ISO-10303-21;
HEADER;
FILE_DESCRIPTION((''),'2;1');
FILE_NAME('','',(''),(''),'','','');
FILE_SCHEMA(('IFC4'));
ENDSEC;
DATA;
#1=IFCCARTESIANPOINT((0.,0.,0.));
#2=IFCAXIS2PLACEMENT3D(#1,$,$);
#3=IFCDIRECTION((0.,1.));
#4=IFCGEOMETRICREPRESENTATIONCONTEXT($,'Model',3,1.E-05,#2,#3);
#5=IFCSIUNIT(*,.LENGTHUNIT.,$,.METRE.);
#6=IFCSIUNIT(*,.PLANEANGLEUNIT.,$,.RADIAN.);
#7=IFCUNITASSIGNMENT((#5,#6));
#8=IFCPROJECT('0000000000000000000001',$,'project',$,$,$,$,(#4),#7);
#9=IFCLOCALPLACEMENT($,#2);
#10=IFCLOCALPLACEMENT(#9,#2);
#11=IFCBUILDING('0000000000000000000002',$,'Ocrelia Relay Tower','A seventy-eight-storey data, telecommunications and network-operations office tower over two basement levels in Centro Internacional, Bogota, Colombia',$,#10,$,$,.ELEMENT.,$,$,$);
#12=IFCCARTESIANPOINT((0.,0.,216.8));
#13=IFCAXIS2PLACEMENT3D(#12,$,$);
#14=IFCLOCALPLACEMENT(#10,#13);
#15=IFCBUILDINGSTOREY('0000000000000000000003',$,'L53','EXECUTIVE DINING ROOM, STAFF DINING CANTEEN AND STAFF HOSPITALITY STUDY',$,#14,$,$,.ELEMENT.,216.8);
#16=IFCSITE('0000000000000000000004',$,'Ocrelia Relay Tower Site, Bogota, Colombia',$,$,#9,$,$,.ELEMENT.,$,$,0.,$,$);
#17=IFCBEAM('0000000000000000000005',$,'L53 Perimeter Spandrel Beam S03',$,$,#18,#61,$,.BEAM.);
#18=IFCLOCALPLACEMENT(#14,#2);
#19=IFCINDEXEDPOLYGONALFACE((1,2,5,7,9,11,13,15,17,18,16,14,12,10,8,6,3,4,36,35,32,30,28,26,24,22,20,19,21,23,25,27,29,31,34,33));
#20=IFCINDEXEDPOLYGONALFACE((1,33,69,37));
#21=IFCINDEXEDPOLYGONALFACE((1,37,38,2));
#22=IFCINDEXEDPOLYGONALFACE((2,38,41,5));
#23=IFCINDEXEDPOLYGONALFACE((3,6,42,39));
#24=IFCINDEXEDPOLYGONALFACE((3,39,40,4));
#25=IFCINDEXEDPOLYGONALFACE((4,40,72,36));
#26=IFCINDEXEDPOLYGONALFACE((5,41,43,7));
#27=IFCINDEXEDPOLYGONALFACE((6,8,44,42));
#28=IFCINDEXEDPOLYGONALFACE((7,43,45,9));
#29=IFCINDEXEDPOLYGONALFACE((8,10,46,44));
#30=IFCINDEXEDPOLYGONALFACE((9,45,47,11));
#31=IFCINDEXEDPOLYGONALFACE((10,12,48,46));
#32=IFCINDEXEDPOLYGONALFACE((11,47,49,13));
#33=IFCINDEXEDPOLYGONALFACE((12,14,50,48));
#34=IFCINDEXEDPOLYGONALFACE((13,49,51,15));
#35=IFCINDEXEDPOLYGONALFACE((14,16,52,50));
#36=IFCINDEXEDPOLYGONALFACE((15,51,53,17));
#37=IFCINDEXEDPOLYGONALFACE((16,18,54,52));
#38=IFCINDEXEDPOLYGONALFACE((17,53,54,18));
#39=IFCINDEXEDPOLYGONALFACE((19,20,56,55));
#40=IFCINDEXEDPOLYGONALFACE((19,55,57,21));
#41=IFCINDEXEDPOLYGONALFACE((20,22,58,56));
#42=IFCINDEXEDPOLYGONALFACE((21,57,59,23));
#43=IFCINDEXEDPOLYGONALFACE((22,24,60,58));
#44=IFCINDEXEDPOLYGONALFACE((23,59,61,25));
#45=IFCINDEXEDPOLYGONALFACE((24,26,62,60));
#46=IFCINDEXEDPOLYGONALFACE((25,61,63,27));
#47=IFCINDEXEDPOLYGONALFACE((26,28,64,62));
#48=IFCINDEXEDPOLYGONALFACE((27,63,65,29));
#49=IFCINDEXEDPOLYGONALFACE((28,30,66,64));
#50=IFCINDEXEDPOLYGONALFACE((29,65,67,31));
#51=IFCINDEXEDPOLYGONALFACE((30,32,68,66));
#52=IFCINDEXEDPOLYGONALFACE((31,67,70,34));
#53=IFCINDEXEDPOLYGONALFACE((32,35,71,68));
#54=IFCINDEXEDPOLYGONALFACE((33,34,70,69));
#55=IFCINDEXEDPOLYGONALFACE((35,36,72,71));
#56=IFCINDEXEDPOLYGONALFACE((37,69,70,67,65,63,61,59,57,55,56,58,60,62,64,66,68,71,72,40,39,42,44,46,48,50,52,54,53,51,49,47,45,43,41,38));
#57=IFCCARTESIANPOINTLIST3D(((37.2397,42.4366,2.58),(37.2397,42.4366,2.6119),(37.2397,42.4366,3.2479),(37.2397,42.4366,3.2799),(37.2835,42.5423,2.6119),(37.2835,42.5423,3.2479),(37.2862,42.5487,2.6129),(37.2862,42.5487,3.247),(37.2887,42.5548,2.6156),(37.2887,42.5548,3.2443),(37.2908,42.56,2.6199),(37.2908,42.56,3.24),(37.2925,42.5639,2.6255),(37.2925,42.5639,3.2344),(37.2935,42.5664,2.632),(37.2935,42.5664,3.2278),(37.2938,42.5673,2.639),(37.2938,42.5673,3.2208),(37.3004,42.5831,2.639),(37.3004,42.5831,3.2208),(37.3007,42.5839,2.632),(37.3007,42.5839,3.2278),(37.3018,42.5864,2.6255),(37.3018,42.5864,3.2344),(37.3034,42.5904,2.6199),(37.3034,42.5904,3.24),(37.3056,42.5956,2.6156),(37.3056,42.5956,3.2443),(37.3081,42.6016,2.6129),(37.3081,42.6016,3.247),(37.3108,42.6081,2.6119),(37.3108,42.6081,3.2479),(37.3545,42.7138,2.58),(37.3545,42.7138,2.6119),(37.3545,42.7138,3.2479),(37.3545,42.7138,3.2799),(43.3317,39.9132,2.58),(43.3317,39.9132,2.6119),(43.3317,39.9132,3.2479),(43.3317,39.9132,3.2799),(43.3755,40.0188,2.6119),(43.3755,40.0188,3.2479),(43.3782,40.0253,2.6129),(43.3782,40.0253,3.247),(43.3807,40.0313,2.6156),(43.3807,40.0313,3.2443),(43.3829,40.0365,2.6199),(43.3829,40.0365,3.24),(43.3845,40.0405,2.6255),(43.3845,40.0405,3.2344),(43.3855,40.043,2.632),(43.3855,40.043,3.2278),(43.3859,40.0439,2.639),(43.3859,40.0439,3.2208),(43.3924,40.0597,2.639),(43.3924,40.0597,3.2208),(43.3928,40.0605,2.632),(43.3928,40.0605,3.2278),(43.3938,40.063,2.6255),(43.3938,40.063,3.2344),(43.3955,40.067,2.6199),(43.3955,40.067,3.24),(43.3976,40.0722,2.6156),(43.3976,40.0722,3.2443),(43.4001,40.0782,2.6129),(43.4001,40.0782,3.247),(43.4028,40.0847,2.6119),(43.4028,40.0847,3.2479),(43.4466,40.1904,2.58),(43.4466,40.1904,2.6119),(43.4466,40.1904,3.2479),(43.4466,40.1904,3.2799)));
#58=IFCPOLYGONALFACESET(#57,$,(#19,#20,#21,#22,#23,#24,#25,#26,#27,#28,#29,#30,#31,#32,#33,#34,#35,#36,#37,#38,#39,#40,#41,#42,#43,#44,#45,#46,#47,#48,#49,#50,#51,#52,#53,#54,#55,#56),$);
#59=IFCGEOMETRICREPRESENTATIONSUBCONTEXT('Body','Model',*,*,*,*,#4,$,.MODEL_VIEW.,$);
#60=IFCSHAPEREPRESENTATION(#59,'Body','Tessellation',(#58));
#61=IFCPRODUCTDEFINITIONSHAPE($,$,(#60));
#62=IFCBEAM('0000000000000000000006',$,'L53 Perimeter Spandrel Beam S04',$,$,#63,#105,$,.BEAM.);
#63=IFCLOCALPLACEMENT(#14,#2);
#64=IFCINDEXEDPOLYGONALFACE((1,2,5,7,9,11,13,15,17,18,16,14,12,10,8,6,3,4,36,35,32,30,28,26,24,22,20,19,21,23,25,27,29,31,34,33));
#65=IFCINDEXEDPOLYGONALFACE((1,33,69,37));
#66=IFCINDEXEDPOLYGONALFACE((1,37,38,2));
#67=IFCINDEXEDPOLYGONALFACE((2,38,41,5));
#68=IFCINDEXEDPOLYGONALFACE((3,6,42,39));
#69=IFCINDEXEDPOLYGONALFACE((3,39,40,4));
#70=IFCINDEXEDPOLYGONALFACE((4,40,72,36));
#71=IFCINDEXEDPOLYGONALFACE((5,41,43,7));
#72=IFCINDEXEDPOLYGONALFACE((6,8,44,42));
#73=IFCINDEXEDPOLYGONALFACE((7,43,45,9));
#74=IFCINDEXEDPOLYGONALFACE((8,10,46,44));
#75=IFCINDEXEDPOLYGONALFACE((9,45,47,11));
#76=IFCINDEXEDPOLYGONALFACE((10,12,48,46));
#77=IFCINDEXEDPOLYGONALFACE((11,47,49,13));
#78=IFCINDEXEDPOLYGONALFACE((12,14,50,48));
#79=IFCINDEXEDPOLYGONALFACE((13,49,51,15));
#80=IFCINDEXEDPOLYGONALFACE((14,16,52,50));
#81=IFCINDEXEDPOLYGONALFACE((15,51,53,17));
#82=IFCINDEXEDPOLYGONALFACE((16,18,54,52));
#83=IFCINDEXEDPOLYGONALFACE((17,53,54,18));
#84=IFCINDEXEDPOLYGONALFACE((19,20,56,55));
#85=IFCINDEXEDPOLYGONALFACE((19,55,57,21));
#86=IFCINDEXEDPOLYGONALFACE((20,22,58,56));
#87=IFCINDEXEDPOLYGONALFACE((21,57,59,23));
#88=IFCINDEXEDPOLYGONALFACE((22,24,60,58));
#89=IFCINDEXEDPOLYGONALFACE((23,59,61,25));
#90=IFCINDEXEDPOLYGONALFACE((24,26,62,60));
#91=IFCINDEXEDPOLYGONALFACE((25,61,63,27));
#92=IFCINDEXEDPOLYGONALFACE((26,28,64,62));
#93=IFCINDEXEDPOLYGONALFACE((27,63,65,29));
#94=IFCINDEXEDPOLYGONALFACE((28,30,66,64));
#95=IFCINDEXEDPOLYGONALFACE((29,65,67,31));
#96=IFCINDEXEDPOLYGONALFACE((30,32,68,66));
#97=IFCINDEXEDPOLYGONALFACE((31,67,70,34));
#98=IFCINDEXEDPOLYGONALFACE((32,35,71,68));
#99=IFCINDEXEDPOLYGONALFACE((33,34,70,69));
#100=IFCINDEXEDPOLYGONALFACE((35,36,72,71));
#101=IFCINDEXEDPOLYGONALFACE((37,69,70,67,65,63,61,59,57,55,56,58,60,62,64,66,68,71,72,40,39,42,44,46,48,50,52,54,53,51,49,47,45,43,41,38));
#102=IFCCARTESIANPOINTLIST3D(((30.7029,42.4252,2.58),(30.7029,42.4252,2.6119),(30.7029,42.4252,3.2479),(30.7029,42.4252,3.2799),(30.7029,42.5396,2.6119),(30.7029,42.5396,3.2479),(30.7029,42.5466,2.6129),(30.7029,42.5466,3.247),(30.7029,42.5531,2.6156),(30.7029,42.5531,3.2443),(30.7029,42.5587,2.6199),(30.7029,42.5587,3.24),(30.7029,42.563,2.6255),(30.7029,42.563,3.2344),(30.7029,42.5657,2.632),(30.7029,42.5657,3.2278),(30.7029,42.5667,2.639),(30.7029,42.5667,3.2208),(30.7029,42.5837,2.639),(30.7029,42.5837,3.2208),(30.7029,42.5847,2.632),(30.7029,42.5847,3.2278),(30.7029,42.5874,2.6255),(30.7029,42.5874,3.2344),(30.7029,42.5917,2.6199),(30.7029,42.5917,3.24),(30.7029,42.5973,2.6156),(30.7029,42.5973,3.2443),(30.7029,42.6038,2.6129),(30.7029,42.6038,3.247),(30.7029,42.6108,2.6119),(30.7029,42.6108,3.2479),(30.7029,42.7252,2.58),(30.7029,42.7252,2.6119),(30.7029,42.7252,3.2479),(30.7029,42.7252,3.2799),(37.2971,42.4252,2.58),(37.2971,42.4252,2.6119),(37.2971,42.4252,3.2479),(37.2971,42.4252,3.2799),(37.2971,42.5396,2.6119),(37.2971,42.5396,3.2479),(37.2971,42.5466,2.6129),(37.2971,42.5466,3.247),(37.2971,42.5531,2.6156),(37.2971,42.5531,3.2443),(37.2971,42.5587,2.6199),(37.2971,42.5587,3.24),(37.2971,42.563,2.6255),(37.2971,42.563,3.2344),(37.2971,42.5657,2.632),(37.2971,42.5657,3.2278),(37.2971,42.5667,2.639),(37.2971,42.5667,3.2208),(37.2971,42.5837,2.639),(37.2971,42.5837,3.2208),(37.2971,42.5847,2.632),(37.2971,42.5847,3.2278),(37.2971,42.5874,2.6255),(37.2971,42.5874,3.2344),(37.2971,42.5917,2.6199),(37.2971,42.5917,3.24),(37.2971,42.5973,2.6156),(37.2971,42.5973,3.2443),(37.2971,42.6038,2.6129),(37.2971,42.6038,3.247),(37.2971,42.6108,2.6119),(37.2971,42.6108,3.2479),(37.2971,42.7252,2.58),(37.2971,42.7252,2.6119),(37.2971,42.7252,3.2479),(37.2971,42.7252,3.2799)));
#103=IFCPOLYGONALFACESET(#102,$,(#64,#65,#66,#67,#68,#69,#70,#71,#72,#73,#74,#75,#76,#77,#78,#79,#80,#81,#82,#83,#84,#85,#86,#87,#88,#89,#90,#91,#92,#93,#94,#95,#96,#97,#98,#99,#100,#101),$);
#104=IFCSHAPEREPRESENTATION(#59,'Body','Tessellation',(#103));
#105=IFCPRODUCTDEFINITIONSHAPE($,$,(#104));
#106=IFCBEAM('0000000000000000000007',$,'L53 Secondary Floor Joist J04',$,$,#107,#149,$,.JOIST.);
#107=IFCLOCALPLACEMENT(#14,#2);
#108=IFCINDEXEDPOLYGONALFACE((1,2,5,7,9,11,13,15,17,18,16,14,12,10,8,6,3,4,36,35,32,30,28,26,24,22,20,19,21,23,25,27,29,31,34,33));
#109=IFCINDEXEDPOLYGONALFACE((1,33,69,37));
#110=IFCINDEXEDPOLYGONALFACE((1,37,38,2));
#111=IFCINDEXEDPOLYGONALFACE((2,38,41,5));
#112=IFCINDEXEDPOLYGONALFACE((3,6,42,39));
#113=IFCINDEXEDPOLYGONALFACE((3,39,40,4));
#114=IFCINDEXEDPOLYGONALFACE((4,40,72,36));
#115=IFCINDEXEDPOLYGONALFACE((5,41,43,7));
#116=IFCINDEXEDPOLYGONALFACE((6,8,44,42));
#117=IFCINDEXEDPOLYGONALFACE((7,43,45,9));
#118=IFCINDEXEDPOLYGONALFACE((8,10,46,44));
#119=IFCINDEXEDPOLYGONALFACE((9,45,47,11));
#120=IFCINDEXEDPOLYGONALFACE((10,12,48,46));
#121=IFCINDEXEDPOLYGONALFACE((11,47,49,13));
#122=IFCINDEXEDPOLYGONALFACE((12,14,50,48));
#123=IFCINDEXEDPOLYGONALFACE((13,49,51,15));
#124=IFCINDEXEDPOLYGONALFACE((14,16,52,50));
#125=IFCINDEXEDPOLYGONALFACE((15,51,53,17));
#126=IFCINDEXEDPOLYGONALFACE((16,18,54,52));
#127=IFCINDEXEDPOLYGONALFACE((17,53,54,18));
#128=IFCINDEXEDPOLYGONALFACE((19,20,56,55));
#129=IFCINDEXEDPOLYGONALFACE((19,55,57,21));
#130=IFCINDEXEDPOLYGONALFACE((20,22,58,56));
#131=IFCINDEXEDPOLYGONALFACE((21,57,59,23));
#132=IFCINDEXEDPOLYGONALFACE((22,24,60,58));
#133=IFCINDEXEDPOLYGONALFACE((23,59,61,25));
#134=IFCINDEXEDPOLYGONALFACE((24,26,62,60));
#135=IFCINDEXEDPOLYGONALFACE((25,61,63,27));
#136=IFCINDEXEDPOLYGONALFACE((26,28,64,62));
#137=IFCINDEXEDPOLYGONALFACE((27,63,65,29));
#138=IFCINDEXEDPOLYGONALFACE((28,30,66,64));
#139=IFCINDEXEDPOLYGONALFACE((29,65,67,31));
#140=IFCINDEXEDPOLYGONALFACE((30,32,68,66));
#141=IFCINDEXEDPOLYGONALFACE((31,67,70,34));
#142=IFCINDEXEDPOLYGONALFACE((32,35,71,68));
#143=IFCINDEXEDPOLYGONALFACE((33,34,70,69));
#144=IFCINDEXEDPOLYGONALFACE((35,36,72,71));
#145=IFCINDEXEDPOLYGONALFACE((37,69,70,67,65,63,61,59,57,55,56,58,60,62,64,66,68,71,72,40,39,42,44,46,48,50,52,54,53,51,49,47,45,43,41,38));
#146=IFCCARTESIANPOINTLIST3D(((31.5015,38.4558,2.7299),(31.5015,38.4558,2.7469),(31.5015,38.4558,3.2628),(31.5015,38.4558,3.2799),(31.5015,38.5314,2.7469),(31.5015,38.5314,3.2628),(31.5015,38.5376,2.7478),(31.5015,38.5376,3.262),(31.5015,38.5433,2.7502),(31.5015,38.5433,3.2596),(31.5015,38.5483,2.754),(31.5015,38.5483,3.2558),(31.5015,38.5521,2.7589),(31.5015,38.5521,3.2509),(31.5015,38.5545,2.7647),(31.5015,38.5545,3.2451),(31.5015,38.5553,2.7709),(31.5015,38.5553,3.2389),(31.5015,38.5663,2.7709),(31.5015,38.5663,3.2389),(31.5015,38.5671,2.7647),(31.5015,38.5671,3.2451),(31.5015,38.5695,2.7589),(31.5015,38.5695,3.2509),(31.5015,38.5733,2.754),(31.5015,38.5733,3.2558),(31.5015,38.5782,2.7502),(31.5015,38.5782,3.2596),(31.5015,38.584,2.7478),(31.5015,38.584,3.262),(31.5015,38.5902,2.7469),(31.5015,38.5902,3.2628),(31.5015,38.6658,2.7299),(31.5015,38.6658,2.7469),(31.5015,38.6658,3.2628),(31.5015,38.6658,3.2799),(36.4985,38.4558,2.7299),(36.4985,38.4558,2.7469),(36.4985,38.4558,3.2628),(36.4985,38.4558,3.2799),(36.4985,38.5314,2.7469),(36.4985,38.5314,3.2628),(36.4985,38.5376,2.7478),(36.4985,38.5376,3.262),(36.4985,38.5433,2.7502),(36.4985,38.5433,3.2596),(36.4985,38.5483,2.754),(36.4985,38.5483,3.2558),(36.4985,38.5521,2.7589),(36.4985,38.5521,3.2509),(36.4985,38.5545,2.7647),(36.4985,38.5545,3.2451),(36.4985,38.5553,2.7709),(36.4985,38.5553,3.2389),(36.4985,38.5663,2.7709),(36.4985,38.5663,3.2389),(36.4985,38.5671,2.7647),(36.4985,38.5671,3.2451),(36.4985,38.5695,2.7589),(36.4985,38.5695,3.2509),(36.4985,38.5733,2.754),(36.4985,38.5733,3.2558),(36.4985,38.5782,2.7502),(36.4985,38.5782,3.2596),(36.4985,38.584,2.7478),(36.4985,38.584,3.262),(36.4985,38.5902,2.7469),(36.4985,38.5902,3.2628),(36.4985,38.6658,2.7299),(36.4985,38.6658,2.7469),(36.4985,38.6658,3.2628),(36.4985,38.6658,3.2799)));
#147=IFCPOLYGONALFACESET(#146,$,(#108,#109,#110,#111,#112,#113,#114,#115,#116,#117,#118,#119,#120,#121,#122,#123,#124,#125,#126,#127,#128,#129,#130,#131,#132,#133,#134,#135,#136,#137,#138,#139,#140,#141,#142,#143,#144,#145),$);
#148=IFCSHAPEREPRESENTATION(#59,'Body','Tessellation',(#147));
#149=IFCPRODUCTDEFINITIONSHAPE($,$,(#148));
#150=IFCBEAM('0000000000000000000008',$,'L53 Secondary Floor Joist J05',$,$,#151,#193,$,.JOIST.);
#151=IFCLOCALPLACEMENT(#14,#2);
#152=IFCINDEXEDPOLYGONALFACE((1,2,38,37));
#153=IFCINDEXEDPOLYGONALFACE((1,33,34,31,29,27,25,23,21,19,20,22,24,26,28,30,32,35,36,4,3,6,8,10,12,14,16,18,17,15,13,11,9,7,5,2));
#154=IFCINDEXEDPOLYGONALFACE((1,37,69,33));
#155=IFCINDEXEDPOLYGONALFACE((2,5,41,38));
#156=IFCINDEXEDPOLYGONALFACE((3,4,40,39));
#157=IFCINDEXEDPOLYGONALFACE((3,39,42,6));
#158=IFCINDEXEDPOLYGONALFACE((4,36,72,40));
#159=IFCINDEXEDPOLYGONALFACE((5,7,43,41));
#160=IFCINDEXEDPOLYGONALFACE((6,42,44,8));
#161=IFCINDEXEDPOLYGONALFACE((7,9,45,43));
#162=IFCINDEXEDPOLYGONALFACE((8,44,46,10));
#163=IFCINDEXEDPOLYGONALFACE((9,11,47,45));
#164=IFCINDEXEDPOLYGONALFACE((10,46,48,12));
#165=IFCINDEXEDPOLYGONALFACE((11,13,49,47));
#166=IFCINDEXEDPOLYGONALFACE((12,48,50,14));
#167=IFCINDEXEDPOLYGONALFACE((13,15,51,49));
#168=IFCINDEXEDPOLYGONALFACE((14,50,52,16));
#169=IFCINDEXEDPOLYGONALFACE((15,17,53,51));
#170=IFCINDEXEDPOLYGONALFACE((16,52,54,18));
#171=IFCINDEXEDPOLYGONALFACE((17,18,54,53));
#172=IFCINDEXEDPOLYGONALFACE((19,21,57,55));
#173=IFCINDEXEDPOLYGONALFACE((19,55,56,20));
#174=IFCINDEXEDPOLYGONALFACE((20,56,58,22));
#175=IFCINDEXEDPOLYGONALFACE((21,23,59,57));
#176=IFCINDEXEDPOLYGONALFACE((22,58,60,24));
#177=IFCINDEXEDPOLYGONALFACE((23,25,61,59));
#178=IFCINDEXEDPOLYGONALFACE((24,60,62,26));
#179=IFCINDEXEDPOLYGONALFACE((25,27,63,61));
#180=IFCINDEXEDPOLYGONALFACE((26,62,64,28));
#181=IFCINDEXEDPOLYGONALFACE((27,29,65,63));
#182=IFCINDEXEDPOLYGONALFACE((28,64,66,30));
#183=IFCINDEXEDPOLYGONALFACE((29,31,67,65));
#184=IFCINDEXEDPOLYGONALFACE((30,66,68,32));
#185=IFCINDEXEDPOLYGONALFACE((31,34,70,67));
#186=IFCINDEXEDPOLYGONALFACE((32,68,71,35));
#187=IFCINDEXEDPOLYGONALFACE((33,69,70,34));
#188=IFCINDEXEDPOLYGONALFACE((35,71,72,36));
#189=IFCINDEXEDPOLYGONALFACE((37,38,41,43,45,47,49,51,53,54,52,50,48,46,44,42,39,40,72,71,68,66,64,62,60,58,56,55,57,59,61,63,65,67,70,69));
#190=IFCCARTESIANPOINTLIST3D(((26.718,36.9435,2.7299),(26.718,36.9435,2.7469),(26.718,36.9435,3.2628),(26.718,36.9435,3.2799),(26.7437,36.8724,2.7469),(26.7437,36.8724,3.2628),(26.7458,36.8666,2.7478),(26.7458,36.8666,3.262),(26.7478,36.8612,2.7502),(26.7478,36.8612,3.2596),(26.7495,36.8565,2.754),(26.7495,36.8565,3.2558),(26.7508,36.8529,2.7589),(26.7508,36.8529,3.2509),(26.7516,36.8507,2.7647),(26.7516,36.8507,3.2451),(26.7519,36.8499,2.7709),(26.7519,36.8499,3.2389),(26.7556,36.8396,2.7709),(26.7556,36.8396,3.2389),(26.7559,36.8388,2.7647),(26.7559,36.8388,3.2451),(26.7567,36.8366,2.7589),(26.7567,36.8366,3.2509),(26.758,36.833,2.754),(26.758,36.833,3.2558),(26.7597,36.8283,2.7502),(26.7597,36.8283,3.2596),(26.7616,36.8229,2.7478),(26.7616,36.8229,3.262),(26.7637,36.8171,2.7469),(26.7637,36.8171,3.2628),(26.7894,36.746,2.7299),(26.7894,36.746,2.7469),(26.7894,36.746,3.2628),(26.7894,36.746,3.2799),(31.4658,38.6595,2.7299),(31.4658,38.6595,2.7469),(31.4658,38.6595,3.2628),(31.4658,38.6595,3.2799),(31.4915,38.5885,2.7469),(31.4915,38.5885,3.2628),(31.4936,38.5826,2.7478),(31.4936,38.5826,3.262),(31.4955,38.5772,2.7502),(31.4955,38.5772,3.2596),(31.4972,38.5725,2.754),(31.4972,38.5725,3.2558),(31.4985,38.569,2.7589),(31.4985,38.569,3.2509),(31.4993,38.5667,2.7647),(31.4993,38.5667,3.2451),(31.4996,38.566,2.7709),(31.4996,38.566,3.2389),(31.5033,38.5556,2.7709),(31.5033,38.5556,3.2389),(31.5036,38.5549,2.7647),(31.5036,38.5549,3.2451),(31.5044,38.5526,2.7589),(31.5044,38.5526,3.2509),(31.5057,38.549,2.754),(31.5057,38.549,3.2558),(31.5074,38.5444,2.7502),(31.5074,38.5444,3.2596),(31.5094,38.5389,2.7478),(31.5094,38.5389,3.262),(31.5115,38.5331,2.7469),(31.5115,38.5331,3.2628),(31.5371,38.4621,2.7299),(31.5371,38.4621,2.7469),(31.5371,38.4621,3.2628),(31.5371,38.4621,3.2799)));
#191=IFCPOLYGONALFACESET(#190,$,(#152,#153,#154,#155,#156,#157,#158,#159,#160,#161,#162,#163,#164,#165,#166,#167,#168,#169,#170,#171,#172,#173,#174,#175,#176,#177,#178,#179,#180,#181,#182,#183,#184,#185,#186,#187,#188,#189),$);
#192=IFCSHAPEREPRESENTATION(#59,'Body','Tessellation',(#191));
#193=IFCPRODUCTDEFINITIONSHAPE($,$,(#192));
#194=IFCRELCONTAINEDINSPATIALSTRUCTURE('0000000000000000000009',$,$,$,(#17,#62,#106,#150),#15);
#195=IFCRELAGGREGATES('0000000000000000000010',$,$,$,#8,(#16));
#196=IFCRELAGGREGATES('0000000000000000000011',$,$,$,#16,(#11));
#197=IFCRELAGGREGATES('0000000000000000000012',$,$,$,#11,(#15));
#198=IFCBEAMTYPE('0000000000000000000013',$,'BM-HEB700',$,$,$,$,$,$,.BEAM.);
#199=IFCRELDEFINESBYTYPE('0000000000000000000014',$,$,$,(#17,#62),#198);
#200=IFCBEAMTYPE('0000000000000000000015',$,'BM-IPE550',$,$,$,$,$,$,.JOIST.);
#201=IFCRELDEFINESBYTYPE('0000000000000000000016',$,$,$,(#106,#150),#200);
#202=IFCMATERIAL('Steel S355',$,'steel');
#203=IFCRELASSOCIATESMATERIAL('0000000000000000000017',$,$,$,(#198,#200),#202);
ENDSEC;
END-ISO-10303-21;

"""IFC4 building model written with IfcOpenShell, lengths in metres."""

from ifc_helpers import new_model, si_unit, direction, frame, origin, origin_2d, place, context, subcontext, project, spatial, i_section, extrude, material, material_profile, profile_set, type_object, element, save


model = new_model("IFC4")

# Units and contexts
model_context = context("Model", 3, precision=1e-05, world=origin(), true_north=direction((0.0, 1.0)))
body_context = subcontext(model_context, "Body", "Model", "MODEL_VIEW")
ifc_project = project(units=[si_unit("LENGTHUNIT", "METRE"), si_unit("PLANEANGLEUNIT", "RADIAN")], contexts=[model_context])

# Site, building, storey
site_placement = place(None, origin())
site = spatial("IfcSite", under=ifc_project, at=site_placement, Name="Ocrelia Relay Tower Site, Bogota, Colombia", CompositionType="ELEMENT", RefElevation=0.0)
building_placement = place(site_placement, origin())
building = spatial("IfcBuilding", under=site, at=building_placement, Name="Ocrelia Relay Tower", Description="A seventy-eight-storey data, telecommunications and network-operations office tower over two basement levels in Centro Internacional, Bogota, Colombia", CompositionType="ELEMENT")
storey_placement = place(building_placement, frame((0.0, 0.0, 216.8)))
storey = spatial("IfcBuildingStorey", under=building, at=storey_placement, Name="L53", Description="EXECUTIVE DINING ROOM, STAFF DINING CANTEEN AND STAFF HOSPITALITY STUDY", CompositionType="ELEMENT", Elevation=216.8)

# Beams
ifc_material_1 = material(Name="Steel S355", Category="steel")
ifc_material_profile_1 = material_profile(ifc_material_1, i_section(OverallWidth=0.3, OverallDepth=0.7, WebThickness=0.0171, FlangeThickness=0.032, FilletRadius=0.0271, at=origin_2d()), Name="HEB 700")
ifc_profile_set_1 = profile_set([ifc_material_profile_1], Name="Steel S355")
beam_type_1 = type_object("IfcBeamType", Name="BM-HEB700", PredefinedType="BEAM", material=ifc_profile_set_1)
beam_1_placement = place(storey_placement, frame((43.3892, 40.0518, 2.9299), z_axis=(-0.923878, 0.382688, 0.0), x_axis=(-0.382688, -0.923878, 0.0)))
element("IfcBeam", 1, at=beam_1_placement, inside=storey, type_object=beam_type_1, Name="L53 Perimeter Spandrel Beam S03", PredefinedType="BEAM", context=body_context, shape_type="SweptSolid", body=[
    extrude(i_section(OverallWidth=0.3, OverallDepth=0.7, WebThickness=0.0171, FlangeThickness=0.032, FilletRadius=0.0271, at=origin_2d()), origin(), (0.0, 0.0, 1.0), 6.594),
])
beam_2_placement = place(storey_placement, frame((37.2971, 42.5752, 2.9299), z_axis=(-1.0, 0.0, 0.0), x_axis=(0.0, -1.0, 0.0)))
element("IfcBeam", 2, at=beam_2_placement, inside=storey, type_object=beam_type_1, Name="L53 Perimeter Spandrel Beam S04", PredefinedType="BEAM", context=body_context, shape_type="SweptSolid", body=[
    extrude(i_section(OverallWidth=0.3, OverallDepth=0.7, WebThickness=0.0171, FlangeThickness=0.032, FilletRadius=0.0271, at=origin_2d()), origin(), (0.0, 0.0, 1.0), 6.5942),
])
ifc_material_profile_2 = material_profile(ifc_material_1, i_section(OverallWidth=0.21, OverallDepth=0.55, WebThickness=0.011, FlangeThickness=0.0171, FilletRadius=0.0239, at=origin_2d()), Name="IPE 550")
ifc_profile_set_2 = profile_set([ifc_material_profile_2], Name="Steel S355")
beam_type_2 = type_object("IfcBeamType", Name="BM-IPE550", PredefinedType="JOIST", material=ifc_profile_set_2)
beam_3_placement = place(storey_placement, frame((36.4985, 38.5608, 3.0049), z_axis=(-1.0, 0.0, 0.0), x_axis=(0.0, -1.0, 0.0)))
element("IfcBeam", 3, at=beam_3_placement, inside=storey, type_object=beam_type_2, Name="L53 Secondary Floor Joist J04", PredefinedType="JOIST", context=body_context, shape_type="SweptSolid", body=[
    extrude(i_section(OverallWidth=0.21, OverallDepth=0.55, WebThickness=0.011, FlangeThickness=0.0171, FilletRadius=0.0239, at=origin_2d()), origin(), (0.0, 0.0, 1.0), 4.9971),
])
beam_4_placement = place(storey_placement, frame((31.5015, 38.5608, 3.0049), z_axis=(-0.940454, -0.339921, 0.0), x_axis=(0.339921, -0.940454, 0.0)))
element("IfcBeam", 4, at=beam_4_placement, inside=storey, type_object=beam_type_2, Name="L53 Secondary Floor Joist J05", PredefinedType="JOIST", context=body_context, shape_type="SweptSolid", body=[
    extrude(i_section(OverallWidth=0.21, OverallDepth=0.55, WebThickness=0.011, FlangeThickness=0.0171, FilletRadius=0.0239, at=origin_2d()), origin(), (0.0, 0.0, 1.0), 5.0483),
])

save(model, "model.ifc")
